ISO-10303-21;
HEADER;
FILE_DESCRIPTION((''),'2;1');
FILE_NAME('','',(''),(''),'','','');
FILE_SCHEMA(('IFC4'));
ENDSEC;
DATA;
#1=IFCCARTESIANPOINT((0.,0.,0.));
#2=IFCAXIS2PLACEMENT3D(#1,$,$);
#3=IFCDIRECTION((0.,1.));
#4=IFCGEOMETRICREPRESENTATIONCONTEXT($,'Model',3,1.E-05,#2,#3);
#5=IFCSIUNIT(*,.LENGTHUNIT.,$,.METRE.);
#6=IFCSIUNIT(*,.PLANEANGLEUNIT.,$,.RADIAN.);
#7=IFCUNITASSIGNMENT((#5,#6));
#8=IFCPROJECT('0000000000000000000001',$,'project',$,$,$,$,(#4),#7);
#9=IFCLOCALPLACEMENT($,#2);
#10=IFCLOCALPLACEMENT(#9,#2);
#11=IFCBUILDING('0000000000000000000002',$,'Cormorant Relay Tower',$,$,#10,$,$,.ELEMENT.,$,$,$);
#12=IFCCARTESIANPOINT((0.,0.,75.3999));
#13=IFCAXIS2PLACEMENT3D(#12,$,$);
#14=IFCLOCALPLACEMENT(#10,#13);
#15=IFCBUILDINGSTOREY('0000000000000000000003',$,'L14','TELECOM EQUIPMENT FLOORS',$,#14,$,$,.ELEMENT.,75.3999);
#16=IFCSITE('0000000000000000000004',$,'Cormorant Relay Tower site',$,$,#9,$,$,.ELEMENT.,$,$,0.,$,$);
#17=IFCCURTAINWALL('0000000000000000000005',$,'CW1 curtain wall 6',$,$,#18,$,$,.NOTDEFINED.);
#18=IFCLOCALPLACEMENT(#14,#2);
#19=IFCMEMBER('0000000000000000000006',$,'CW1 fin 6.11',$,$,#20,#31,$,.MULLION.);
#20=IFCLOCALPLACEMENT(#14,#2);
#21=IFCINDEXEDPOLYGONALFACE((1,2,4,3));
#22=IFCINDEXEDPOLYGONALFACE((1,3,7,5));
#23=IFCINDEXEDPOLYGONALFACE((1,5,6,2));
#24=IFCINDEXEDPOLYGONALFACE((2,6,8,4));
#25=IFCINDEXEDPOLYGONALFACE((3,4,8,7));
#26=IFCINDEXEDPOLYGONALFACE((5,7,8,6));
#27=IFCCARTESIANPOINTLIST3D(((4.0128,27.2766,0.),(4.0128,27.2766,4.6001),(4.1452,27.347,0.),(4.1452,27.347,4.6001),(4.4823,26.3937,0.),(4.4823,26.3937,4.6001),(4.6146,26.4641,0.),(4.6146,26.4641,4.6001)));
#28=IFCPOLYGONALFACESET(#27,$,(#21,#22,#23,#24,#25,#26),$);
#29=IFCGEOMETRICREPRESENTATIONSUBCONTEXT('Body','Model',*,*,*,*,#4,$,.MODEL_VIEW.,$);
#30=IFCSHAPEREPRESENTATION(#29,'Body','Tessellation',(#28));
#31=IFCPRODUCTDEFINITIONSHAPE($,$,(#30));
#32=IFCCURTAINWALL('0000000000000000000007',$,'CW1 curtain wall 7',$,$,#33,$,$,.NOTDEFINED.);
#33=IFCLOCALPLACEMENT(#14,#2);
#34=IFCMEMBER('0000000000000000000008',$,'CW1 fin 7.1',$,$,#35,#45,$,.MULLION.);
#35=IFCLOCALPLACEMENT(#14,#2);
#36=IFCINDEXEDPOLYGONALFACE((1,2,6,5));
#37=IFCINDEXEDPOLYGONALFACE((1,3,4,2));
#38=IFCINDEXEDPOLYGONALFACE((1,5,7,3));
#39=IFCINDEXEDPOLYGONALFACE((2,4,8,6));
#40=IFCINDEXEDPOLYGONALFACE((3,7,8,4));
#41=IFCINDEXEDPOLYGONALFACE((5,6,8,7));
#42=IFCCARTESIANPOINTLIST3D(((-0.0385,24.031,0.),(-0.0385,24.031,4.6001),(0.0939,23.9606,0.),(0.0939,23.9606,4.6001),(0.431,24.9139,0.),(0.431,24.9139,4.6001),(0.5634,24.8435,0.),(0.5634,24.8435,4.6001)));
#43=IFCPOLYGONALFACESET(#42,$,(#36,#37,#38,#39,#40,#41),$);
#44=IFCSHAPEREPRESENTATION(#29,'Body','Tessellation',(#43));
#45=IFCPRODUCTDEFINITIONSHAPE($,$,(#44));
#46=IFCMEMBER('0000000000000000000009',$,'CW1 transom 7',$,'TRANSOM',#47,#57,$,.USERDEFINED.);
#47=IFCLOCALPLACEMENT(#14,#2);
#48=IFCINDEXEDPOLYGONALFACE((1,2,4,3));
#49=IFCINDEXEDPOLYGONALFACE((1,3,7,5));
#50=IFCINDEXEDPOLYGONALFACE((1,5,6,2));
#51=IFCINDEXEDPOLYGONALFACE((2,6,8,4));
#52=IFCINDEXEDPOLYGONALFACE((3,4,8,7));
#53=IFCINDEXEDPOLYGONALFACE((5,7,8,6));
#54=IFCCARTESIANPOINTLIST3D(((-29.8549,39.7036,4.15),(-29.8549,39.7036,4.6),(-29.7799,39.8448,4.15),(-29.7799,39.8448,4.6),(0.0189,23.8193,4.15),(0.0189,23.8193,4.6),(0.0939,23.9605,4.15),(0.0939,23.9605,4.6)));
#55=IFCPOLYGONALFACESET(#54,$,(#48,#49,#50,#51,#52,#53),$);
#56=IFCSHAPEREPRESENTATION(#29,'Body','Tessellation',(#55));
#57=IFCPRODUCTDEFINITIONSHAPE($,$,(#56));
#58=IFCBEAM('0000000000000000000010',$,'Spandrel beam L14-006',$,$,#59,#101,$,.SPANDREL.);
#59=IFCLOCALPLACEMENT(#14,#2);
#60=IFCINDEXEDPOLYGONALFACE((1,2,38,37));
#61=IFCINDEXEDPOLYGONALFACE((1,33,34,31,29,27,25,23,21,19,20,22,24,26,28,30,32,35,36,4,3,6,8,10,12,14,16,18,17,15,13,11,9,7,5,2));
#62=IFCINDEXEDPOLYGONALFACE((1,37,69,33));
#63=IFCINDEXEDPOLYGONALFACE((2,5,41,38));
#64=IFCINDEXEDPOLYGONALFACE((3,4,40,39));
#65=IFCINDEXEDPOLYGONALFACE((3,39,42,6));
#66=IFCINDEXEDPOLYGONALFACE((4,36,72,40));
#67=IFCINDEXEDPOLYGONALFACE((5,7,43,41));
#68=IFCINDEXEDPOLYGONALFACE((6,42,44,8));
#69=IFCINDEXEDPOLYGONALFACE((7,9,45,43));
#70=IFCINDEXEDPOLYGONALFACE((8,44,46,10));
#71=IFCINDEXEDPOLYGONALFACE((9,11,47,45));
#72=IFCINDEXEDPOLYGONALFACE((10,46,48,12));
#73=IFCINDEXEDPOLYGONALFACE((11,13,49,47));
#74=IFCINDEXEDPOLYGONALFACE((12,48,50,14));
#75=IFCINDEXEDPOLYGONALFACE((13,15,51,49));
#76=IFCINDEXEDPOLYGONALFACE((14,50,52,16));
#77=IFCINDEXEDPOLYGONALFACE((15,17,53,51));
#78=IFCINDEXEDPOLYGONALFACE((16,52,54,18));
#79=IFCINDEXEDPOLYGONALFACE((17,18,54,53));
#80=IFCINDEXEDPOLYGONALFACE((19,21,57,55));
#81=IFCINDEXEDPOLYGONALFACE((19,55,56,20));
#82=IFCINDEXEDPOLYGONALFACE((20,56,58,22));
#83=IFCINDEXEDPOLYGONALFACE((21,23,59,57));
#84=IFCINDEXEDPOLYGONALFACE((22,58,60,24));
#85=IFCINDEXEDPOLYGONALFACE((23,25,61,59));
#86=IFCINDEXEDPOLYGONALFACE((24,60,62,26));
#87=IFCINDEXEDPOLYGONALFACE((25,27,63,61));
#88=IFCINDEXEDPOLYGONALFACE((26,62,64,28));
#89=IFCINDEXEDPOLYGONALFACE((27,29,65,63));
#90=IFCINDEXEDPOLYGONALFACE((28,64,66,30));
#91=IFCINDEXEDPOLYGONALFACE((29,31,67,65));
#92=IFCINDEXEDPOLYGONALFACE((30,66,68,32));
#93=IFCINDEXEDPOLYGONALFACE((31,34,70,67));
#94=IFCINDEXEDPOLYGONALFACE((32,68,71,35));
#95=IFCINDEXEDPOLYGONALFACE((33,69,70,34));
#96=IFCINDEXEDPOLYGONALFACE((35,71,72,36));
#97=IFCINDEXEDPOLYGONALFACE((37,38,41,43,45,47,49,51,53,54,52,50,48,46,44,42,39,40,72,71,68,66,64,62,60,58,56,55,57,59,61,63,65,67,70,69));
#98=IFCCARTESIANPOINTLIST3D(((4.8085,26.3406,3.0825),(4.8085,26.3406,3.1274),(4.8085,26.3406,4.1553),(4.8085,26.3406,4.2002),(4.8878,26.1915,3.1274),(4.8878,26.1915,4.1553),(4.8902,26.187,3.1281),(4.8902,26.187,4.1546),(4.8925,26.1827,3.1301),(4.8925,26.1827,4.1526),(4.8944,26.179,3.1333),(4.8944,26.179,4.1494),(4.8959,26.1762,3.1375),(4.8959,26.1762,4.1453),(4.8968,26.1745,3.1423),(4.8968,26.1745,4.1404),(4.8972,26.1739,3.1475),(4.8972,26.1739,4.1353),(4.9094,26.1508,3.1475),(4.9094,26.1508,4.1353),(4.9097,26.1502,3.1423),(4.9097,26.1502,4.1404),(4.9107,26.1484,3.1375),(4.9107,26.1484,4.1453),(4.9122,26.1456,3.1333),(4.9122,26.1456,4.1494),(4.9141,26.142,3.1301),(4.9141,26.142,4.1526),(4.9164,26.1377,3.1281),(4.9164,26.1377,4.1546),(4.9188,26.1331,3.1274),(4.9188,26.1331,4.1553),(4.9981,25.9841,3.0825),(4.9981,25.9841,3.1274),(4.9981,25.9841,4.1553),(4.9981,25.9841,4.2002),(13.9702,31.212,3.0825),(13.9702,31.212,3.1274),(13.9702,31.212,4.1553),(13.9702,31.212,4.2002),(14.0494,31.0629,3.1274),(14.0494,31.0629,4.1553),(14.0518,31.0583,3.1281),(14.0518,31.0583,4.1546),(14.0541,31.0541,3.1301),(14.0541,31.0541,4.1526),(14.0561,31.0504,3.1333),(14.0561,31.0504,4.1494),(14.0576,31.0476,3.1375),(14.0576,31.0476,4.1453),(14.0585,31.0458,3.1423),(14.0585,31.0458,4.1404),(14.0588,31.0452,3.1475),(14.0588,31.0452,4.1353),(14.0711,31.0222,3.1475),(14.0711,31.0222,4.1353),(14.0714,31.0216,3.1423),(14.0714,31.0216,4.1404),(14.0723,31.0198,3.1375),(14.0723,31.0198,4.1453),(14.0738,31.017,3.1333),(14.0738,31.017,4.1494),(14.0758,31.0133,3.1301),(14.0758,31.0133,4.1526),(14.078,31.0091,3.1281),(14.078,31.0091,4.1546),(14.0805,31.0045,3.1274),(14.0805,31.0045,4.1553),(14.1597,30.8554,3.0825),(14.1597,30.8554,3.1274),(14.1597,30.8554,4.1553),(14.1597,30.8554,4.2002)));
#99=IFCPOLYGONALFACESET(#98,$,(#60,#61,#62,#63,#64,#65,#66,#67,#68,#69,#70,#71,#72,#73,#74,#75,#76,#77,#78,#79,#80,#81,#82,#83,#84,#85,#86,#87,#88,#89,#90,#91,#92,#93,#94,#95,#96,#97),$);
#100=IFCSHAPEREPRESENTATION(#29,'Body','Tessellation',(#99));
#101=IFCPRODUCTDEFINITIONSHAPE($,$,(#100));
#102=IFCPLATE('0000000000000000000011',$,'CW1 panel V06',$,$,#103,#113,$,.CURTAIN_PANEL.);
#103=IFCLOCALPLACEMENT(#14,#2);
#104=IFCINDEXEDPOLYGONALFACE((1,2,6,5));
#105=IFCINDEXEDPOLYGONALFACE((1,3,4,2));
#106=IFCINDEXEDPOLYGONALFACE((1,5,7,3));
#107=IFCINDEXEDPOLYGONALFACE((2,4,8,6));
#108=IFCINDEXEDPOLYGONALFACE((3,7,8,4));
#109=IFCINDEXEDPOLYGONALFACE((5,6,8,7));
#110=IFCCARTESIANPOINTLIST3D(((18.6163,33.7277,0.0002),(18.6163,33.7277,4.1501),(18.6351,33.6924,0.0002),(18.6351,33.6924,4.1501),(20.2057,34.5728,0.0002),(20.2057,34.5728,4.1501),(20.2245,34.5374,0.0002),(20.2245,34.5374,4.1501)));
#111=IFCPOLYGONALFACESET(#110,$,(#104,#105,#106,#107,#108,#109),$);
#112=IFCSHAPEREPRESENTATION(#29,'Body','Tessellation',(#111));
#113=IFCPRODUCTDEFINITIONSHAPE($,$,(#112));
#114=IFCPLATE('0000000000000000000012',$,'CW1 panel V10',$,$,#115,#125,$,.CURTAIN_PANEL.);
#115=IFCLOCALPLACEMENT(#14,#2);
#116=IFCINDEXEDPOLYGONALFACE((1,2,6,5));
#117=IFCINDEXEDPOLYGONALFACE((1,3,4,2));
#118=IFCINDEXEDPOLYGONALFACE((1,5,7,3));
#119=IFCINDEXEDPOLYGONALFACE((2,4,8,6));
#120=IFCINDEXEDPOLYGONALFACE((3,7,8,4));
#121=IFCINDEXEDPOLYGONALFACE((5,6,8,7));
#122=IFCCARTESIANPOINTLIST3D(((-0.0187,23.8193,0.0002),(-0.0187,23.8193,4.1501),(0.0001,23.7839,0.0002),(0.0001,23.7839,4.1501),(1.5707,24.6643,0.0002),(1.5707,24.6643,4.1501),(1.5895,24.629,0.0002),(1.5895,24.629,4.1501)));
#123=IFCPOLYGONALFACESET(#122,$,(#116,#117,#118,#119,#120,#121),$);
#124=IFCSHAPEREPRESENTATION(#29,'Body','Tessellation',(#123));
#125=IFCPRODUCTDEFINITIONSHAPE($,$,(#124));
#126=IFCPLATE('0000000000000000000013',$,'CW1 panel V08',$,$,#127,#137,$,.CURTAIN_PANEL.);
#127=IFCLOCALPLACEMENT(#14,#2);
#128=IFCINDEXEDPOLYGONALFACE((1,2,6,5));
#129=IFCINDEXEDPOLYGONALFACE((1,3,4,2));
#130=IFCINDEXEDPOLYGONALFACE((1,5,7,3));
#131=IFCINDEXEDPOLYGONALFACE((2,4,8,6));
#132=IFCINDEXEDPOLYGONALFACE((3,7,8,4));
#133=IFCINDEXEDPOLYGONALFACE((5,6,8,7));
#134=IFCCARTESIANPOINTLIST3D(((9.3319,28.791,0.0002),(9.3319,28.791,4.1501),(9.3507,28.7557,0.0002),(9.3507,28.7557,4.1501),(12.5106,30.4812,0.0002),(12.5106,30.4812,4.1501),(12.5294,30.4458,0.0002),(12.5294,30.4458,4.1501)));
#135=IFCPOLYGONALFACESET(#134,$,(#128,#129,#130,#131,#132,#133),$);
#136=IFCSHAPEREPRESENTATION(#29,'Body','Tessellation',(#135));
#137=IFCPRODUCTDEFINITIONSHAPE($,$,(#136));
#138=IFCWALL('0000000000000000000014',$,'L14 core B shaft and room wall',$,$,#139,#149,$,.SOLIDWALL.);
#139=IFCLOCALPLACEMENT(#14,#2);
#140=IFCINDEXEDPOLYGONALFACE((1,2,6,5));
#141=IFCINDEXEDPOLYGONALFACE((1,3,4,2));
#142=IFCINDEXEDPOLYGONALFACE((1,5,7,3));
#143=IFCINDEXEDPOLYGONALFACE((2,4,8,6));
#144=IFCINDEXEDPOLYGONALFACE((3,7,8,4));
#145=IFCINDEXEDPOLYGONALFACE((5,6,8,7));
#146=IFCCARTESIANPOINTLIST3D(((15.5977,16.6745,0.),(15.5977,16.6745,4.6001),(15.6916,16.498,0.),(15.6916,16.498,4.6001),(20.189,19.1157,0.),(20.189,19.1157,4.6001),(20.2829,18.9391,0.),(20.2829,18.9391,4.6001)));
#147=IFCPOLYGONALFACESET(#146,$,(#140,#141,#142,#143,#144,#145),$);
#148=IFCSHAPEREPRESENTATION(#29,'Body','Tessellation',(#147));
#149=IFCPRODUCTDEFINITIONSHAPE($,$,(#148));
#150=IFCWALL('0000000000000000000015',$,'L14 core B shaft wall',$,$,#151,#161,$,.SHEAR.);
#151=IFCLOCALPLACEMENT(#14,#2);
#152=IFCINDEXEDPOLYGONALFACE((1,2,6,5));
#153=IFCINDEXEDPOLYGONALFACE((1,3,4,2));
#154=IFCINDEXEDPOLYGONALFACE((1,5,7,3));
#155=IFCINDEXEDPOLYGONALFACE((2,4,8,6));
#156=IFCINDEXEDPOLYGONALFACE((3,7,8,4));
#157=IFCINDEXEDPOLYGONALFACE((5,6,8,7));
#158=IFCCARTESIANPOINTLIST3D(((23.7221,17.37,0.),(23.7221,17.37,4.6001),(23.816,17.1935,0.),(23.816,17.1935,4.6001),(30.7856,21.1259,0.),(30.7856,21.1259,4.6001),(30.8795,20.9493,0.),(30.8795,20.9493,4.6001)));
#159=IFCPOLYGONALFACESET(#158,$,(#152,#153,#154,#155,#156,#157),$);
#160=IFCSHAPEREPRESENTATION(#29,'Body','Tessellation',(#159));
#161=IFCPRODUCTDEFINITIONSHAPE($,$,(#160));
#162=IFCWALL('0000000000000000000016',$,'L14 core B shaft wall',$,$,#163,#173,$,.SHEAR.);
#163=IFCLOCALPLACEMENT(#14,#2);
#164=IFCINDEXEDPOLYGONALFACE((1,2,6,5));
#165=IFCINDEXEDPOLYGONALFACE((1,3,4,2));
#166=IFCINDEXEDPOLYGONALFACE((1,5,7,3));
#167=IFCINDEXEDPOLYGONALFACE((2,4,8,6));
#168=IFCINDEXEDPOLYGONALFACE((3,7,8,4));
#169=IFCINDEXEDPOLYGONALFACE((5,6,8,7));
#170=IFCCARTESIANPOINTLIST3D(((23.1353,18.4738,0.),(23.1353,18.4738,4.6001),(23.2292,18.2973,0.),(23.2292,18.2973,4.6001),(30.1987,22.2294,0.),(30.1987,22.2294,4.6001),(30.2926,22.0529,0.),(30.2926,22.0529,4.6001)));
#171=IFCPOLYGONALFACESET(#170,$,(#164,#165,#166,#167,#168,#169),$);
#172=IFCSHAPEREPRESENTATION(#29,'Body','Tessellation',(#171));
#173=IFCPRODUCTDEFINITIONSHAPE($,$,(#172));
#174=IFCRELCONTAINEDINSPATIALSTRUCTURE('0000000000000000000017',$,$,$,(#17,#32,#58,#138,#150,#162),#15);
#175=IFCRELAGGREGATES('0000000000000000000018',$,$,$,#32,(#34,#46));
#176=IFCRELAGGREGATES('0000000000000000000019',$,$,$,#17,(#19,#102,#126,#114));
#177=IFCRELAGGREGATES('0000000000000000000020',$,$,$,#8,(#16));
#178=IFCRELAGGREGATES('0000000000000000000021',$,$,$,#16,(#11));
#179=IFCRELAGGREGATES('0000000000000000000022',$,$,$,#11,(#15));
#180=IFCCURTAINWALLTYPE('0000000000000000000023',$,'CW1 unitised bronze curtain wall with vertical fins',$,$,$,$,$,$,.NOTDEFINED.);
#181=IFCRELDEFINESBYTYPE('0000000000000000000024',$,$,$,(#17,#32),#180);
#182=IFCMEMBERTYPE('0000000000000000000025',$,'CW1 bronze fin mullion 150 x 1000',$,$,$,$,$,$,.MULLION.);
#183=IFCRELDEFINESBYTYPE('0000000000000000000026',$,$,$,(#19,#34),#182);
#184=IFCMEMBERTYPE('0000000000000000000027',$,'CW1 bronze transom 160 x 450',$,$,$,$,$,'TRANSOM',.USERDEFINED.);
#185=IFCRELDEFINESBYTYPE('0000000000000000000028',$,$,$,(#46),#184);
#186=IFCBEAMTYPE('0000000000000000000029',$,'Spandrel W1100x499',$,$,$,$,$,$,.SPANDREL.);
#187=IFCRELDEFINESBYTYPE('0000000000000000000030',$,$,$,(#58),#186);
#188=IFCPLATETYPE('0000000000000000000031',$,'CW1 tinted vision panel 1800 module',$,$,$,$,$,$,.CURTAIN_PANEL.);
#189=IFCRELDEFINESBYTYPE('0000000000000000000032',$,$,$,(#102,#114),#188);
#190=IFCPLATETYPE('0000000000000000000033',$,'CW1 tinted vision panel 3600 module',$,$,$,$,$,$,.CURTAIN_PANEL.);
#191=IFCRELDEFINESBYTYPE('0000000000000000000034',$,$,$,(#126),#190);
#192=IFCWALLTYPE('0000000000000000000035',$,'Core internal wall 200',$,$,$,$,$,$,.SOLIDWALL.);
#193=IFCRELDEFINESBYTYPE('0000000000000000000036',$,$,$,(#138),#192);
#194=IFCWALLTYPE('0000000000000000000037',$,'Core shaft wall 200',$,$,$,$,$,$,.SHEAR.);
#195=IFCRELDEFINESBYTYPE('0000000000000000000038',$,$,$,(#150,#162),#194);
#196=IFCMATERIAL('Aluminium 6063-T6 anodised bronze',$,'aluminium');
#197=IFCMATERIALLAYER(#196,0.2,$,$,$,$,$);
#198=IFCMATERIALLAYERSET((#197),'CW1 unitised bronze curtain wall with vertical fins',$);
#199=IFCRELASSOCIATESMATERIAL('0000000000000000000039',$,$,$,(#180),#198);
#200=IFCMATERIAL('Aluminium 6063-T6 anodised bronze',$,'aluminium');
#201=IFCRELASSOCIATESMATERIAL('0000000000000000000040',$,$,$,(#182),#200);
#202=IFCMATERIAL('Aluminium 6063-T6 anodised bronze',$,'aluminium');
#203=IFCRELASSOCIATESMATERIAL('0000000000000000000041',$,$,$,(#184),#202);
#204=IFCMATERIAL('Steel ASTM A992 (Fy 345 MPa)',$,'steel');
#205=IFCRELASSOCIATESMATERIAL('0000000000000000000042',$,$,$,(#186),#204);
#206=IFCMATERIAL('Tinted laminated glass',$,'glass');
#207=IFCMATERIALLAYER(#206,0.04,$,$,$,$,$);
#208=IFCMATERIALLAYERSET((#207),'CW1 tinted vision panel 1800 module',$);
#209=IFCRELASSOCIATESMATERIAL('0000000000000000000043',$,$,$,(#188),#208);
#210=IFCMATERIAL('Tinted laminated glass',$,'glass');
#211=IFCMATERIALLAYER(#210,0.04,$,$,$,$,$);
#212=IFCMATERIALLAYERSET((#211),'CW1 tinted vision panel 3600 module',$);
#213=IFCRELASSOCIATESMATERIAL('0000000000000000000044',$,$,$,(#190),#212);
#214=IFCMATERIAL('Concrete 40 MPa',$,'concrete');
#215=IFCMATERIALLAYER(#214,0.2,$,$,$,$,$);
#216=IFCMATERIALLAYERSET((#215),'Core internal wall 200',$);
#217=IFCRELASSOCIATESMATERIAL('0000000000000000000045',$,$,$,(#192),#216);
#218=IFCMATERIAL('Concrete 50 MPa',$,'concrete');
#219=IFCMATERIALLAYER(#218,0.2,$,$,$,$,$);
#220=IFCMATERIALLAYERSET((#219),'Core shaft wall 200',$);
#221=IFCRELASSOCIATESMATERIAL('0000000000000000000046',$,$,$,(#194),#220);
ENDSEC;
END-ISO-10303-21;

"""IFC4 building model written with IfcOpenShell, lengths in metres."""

from ifc_helpers import new_model, si_unit, direction, frame, frame_2d, origin, origin_2d, place, context, subcontext, project, spatial, rectangle, i_section, extrude, material, layer, layer_set, material_profile, profile_set, type_object, element, aggregate, save


model = new_model("IFC4")

# Units and contexts
model_context = context("Model", 3, precision=1e-05, world=origin(), true_north=direction((0.0, 1.0)))
body_context = subcontext(model_context, "Body", "Model", "MODEL_VIEW")
ifc_project = project(units=[si_unit("LENGTHUNIT", "METRE"), si_unit("PLANEANGLEUNIT", "RADIAN")], contexts=[model_context])

# Site, building, storey
site_placement = place(None, origin())
site = spatial("IfcSite", under=ifc_project, at=site_placement, Name="Cormorant Relay Tower site", CompositionType="ELEMENT", RefElevation=0.0)
building_placement = place(site_placement, origin())
building = spatial("IfcBuilding", under=site, at=building_placement, Name="Cormorant Relay Tower", CompositionType="ELEMENT")
storey_placement = place(building_placement, frame((0.0, 0.0, 75.3999)))
storey = spatial("IfcBuildingStorey", under=building, at=storey_placement, Name="L14", Description="TELECOM EQUIPMENT FLOORS", CompositionType="ELEMENT", Elevation=75.3999)

# Curtain walls, members
ifc_material_1 = material(Name="Aluminium 6063-T6 anodised bronze", Category="aluminium")
ifc_layer_1 = layer(ifc_material_1, 0.2)
ifc_layer_set_1 = layer_set([ifc_layer_1], Name="CW1 unitised bronze curtain wall with vertical fins")
curtain_wall_type = type_object("IfcCurtainWallType", Name="CW1 unitised bronze curtain wall with vertical fins", PredefinedType="NOTDEFINED", material=ifc_layer_set_1)
curtain_wall_1_placement = place(storey_placement, origin())
curtain_wall_1 = element("IfcCurtainWall", 1, at=curtain_wall_1_placement, inside=storey, type_object=curtain_wall_type, Name="CW1 curtain wall 6", PredefinedType="NOTDEFINED")
ifc_material_2 = material(Name="Aluminium 6063-T6 anodised bronze", Category="aluminium")
ifc_material_profile_1 = material_profile(ifc_material_2, rectangle(XDim=0.1499, YDim=1.0, at=origin_2d()), Name="AL 150x1000")
ifc_profile_set_1 = profile_set([ifc_material_profile_1], Name="Aluminium 6063-T6 anodised bronze")
member_type_1 = type_object("IfcMemberType", Name="CW1 bronze fin mullion 150 x 1000", PredefinedType="MULLION", material=ifc_profile_set_1)
member_1_placement = place(storey_placement, frame((4.3137, 26.8704, 0.0), z_axis=(0.0, 0.0, 1.0), x_axis=(-0.882948, -0.469472, 0.0)))
member_1 = element("IfcMember", 2, at=member_1_placement, type_object=member_type_1, Name="CW1 fin 6.11", PredefinedType="MULLION", context=body_context, shape_type="SweptSolid", body=[
    extrude(rectangle(XDim=0.1499, YDim=1.0, at=origin_2d()), origin(), (0.0, 0.0, 1.0), 4.6001),
])
curtain_wall_2_placement = place(storey_placement, origin())
curtain_wall_2 = element("IfcCurtainWall", 3, at=curtain_wall_2_placement, inside=storey, type_object=curtain_wall_type, Name="CW1 curtain wall 7", PredefinedType="NOTDEFINED")
member_2_placement = place(storey_placement, frame((0.2625, 24.4373, 0.0), z_axis=(0.0, 0.0, 1.0), x_axis=(-0.882948, 0.469472, 0.0)))
member_2 = element("IfcMember", 4, at=member_2_placement, type_object=member_type_1, Name="CW1 fin 7.1", PredefinedType="MULLION", context=body_context, shape_type="SweptSolid", body=[
    extrude(rectangle(XDim=0.1499, YDim=1.0, at=origin_2d()), origin(), (0.0, 0.0, 1.0), 4.6001),
])
ifc_material_3 = material(Name="Aluminium 6063-T6 anodised bronze", Category="aluminium")
ifc_material_profile_2 = material_profile(ifc_material_3, rectangle(XDim=0.1599, YDim=0.45, at=origin_2d()), Name="AL 160x450")
ifc_profile_set_2 = profile_set([ifc_material_profile_2], Name="Aluminium 6063-T6 anodised bronze")
member_type_2 = type_object("IfcMemberType", Name="CW1 bronze transom 160 x 450", ElementType="TRANSOM", PredefinedType="USERDEFINED", material=ifc_profile_set_2)
member_3_placement = place(storey_placement, frame((0.0564, 23.8899, 4.375), z_axis=(-0.882946, 0.469474, 0.0), x_axis=(-0.469474, -0.882946, 0.0)))
member_3 = element("IfcMember", 5, at=member_3_placement, type_object=member_type_2, Name="CW1 transom 7", ObjectType="TRANSOM", PredefinedType="USERDEFINED", context=body_context, shape_type="SweptSolid", body=[
    extrude(rectangle(XDim=0.1599, YDim=0.45, at=origin_2d()), origin(), (0.0, 0.0, 1.0), 33.8342),
])
aggregate(curtain_wall_2, [member_2, member_3])

# Beam
ifc_material_4 = material(Name="Steel ASTM A992 (Fy 345 MPa)", Category="steel")
ifc_material_profile_3 = material_profile(ifc_material_4, i_section(OverallWidth=0.4038, OverallDepth=1.1177, WebThickness=0.0261, FlangeThickness=0.0449, FilletRadius=0.02, at=origin_2d()), Name="W1100x499")
ifc_profile_set_3 = profile_set([ifc_material_profile_3], Name="Steel ASTM A992 (Fy 345 MPa)")
beam_type = type_object("IfcBeamType", Name="Spandrel W1100x499", PredefinedType="SPANDREL", material=ifc_profile_set_3)
beam_placement = place(storey_placement, frame((14.0649, 31.0337, 3.6414), z_axis=(-0.882947, -0.469473, 0.0), x_axis=(0.469473, -0.882947, 0.0)))
element("IfcBeam", 6, at=beam_placement, inside=storey, type_object=beam_type, Name="Spandrel beam L14-006", PredefinedType="SPANDREL", context=body_context, shape_type="SweptSolid", body=[
    extrude(i_section(OverallWidth=0.4038, OverallDepth=1.1177, WebThickness=0.0261, FlangeThickness=0.0449, FilletRadius=0.02, at=origin_2d()), origin(), (0.0, 0.0, 1.0), 10.3762),
])

# Plates
ifc_material_5 = material(Name="Tinted laminated glass", Category="glass")
ifc_layer_2 = layer(ifc_material_5, 0.04)
ifc_layer_set_2 = layer_set([ifc_layer_2], Name="CW1 tinted vision panel 1800 module")
plate_type_1 = type_object("IfcPlateType", Name="CW1 tinted vision panel 1800 module", PredefinedType="CURTAIN_PANEL", material=ifc_layer_set_2)
plate_1_placement = place(storey_placement, frame((19.4204, 34.1326, 0.0002), z_axis=(0.0, 0.0, 1.0), x_axis=(-0.882948, -0.469472, 0.0)))
plate_1 = element("IfcPlate", 7, at=plate_1_placement, type_object=plate_type_1, Name="CW1 panel V06", PredefinedType="CURTAIN_PANEL", context=body_context, shape_type="SweptSolid", body=[
    extrude(rectangle(XDim=1.8, YDim=0.04, at=origin_2d()), origin(), (0.0, 0.0, 1.0), 4.1499),
])
plate_2_placement = place(storey_placement, frame((0.7854, 24.2241, 0.0002), z_axis=(0.0, 0.0, 1.0), x_axis=(-0.882948, -0.469472, 0.0)))
plate_2 = element("IfcPlate", 8, at=plate_2_placement, type_object=plate_type_1, Name="CW1 panel V10", PredefinedType="CURTAIN_PANEL", context=body_context, shape_type="SweptSolid", body=[
    extrude(rectangle(XDim=1.8, YDim=0.04, at=origin_2d()), origin(), (0.0, 0.0, 1.0), 4.1499),
])
ifc_material_6 = material(Name="Tinted laminated glass", Category="glass")
ifc_layer_3 = layer(ifc_material_6, 0.04)
ifc_layer_set_3 = layer_set([ifc_layer_3], Name="CW1 tinted vision panel 3600 module")
plate_type_2 = type_object("IfcPlateType", Name="CW1 tinted vision panel 3600 module", PredefinedType="CURTAIN_PANEL", material=ifc_layer_set_3)
plate_3_placement = place(storey_placement, frame((10.9307, 29.6184, 0.0002), z_axis=(0.0, 0.0, 1.0), x_axis=(-0.882948, -0.469472, 0.0)))
plate_3 = element("IfcPlate", 9, at=plate_3_placement, type_object=plate_type_2, Name="CW1 panel V08", PredefinedType="CURTAIN_PANEL", context=body_context, shape_type="SweptSolid", body=[
    extrude(rectangle(XDim=3.6001, YDim=0.04, at=origin_2d()), origin(), (0.0, 0.0, 1.0), 4.1499),
])

# Walls
ifc_material_7 = material(Name="Concrete 40 MPa", Category="concrete")
ifc_layer_4 = layer(ifc_material_7, 0.2)
ifc_layer_set_4 = layer_set([ifc_layer_4], Name="Core internal wall 200")
wall_type_1 = type_object("IfcWallType", Name="Core internal wall 200", PredefinedType="SOLIDWALL", material=ifc_layer_set_4)
wall_1_placement = place(storey_placement, frame((15.6445, 16.5862, 0.0), z_axis=(0.0, 0.0, 1.0), x_axis=(0.882954, 0.46946, 0.0)))
element("IfcWall", 10, at=wall_1_placement, inside=storey, type_object=wall_type_1, Name="L14 core B shaft and room wall", PredefinedType="SOLIDWALL", context=body_context, shape_type="SweptSolid", body=[
    extrude(rectangle(XDim=5.2, YDim=0.2, at=frame_2d((2.6001, 0.0))), origin(), (0.0, 0.0, 1.0), 4.6001),
])
ifc_material_8 = material(Name="Concrete 50 MPa", Category="concrete")
ifc_layer_5 = layer(ifc_material_8, 0.2)
ifc_layer_set_5 = layer_set([ifc_layer_5], Name="Core shaft wall 200")
wall_type_2 = type_object("IfcWallType", Name="Core shaft wall 200", PredefinedType="SHEAR", material=ifc_layer_set_5)
wall_2_placement = place(storey_placement, frame((23.769, 17.2817, 0.0), z_axis=(0.0, 0.0, 1.0), x_axis=(0.88294, 0.469485, 0.0)))
element("IfcWall", 11, at=wall_2_placement, inside=storey, type_object=wall_type_2, Name="L14 core B shaft wall", PredefinedType="SHEAR", context=body_context, shape_type="SweptSolid", body=[
    extrude(rectangle(XDim=8.0, YDim=0.2, at=frame_2d((4.0, 0.0))), origin(), (0.0, 0.0, 1.0), 4.6001),
])
wall_3_placement = place(storey_placement, frame((23.1821, 18.3855, 0.0), z_axis=(0.0, 0.0, 1.0), x_axis=(0.882953, 0.469462, 0.0)))
element("IfcWall", 12, at=wall_3_placement, inside=storey, type_object=wall_type_2, Name="L14 core B shaft wall", PredefinedType="SHEAR", context=body_context, shape_type="SweptSolid", body=[
    extrude(rectangle(XDim=7.9998, YDim=0.2, at=frame_2d((4.0, 0.0))), origin(), (0.0, 0.0, 1.0), 4.6001),
])

aggregate(curtain_wall_1, [member_1, plate_1, plate_3, plate_2])

save(model, "model.ifc")
